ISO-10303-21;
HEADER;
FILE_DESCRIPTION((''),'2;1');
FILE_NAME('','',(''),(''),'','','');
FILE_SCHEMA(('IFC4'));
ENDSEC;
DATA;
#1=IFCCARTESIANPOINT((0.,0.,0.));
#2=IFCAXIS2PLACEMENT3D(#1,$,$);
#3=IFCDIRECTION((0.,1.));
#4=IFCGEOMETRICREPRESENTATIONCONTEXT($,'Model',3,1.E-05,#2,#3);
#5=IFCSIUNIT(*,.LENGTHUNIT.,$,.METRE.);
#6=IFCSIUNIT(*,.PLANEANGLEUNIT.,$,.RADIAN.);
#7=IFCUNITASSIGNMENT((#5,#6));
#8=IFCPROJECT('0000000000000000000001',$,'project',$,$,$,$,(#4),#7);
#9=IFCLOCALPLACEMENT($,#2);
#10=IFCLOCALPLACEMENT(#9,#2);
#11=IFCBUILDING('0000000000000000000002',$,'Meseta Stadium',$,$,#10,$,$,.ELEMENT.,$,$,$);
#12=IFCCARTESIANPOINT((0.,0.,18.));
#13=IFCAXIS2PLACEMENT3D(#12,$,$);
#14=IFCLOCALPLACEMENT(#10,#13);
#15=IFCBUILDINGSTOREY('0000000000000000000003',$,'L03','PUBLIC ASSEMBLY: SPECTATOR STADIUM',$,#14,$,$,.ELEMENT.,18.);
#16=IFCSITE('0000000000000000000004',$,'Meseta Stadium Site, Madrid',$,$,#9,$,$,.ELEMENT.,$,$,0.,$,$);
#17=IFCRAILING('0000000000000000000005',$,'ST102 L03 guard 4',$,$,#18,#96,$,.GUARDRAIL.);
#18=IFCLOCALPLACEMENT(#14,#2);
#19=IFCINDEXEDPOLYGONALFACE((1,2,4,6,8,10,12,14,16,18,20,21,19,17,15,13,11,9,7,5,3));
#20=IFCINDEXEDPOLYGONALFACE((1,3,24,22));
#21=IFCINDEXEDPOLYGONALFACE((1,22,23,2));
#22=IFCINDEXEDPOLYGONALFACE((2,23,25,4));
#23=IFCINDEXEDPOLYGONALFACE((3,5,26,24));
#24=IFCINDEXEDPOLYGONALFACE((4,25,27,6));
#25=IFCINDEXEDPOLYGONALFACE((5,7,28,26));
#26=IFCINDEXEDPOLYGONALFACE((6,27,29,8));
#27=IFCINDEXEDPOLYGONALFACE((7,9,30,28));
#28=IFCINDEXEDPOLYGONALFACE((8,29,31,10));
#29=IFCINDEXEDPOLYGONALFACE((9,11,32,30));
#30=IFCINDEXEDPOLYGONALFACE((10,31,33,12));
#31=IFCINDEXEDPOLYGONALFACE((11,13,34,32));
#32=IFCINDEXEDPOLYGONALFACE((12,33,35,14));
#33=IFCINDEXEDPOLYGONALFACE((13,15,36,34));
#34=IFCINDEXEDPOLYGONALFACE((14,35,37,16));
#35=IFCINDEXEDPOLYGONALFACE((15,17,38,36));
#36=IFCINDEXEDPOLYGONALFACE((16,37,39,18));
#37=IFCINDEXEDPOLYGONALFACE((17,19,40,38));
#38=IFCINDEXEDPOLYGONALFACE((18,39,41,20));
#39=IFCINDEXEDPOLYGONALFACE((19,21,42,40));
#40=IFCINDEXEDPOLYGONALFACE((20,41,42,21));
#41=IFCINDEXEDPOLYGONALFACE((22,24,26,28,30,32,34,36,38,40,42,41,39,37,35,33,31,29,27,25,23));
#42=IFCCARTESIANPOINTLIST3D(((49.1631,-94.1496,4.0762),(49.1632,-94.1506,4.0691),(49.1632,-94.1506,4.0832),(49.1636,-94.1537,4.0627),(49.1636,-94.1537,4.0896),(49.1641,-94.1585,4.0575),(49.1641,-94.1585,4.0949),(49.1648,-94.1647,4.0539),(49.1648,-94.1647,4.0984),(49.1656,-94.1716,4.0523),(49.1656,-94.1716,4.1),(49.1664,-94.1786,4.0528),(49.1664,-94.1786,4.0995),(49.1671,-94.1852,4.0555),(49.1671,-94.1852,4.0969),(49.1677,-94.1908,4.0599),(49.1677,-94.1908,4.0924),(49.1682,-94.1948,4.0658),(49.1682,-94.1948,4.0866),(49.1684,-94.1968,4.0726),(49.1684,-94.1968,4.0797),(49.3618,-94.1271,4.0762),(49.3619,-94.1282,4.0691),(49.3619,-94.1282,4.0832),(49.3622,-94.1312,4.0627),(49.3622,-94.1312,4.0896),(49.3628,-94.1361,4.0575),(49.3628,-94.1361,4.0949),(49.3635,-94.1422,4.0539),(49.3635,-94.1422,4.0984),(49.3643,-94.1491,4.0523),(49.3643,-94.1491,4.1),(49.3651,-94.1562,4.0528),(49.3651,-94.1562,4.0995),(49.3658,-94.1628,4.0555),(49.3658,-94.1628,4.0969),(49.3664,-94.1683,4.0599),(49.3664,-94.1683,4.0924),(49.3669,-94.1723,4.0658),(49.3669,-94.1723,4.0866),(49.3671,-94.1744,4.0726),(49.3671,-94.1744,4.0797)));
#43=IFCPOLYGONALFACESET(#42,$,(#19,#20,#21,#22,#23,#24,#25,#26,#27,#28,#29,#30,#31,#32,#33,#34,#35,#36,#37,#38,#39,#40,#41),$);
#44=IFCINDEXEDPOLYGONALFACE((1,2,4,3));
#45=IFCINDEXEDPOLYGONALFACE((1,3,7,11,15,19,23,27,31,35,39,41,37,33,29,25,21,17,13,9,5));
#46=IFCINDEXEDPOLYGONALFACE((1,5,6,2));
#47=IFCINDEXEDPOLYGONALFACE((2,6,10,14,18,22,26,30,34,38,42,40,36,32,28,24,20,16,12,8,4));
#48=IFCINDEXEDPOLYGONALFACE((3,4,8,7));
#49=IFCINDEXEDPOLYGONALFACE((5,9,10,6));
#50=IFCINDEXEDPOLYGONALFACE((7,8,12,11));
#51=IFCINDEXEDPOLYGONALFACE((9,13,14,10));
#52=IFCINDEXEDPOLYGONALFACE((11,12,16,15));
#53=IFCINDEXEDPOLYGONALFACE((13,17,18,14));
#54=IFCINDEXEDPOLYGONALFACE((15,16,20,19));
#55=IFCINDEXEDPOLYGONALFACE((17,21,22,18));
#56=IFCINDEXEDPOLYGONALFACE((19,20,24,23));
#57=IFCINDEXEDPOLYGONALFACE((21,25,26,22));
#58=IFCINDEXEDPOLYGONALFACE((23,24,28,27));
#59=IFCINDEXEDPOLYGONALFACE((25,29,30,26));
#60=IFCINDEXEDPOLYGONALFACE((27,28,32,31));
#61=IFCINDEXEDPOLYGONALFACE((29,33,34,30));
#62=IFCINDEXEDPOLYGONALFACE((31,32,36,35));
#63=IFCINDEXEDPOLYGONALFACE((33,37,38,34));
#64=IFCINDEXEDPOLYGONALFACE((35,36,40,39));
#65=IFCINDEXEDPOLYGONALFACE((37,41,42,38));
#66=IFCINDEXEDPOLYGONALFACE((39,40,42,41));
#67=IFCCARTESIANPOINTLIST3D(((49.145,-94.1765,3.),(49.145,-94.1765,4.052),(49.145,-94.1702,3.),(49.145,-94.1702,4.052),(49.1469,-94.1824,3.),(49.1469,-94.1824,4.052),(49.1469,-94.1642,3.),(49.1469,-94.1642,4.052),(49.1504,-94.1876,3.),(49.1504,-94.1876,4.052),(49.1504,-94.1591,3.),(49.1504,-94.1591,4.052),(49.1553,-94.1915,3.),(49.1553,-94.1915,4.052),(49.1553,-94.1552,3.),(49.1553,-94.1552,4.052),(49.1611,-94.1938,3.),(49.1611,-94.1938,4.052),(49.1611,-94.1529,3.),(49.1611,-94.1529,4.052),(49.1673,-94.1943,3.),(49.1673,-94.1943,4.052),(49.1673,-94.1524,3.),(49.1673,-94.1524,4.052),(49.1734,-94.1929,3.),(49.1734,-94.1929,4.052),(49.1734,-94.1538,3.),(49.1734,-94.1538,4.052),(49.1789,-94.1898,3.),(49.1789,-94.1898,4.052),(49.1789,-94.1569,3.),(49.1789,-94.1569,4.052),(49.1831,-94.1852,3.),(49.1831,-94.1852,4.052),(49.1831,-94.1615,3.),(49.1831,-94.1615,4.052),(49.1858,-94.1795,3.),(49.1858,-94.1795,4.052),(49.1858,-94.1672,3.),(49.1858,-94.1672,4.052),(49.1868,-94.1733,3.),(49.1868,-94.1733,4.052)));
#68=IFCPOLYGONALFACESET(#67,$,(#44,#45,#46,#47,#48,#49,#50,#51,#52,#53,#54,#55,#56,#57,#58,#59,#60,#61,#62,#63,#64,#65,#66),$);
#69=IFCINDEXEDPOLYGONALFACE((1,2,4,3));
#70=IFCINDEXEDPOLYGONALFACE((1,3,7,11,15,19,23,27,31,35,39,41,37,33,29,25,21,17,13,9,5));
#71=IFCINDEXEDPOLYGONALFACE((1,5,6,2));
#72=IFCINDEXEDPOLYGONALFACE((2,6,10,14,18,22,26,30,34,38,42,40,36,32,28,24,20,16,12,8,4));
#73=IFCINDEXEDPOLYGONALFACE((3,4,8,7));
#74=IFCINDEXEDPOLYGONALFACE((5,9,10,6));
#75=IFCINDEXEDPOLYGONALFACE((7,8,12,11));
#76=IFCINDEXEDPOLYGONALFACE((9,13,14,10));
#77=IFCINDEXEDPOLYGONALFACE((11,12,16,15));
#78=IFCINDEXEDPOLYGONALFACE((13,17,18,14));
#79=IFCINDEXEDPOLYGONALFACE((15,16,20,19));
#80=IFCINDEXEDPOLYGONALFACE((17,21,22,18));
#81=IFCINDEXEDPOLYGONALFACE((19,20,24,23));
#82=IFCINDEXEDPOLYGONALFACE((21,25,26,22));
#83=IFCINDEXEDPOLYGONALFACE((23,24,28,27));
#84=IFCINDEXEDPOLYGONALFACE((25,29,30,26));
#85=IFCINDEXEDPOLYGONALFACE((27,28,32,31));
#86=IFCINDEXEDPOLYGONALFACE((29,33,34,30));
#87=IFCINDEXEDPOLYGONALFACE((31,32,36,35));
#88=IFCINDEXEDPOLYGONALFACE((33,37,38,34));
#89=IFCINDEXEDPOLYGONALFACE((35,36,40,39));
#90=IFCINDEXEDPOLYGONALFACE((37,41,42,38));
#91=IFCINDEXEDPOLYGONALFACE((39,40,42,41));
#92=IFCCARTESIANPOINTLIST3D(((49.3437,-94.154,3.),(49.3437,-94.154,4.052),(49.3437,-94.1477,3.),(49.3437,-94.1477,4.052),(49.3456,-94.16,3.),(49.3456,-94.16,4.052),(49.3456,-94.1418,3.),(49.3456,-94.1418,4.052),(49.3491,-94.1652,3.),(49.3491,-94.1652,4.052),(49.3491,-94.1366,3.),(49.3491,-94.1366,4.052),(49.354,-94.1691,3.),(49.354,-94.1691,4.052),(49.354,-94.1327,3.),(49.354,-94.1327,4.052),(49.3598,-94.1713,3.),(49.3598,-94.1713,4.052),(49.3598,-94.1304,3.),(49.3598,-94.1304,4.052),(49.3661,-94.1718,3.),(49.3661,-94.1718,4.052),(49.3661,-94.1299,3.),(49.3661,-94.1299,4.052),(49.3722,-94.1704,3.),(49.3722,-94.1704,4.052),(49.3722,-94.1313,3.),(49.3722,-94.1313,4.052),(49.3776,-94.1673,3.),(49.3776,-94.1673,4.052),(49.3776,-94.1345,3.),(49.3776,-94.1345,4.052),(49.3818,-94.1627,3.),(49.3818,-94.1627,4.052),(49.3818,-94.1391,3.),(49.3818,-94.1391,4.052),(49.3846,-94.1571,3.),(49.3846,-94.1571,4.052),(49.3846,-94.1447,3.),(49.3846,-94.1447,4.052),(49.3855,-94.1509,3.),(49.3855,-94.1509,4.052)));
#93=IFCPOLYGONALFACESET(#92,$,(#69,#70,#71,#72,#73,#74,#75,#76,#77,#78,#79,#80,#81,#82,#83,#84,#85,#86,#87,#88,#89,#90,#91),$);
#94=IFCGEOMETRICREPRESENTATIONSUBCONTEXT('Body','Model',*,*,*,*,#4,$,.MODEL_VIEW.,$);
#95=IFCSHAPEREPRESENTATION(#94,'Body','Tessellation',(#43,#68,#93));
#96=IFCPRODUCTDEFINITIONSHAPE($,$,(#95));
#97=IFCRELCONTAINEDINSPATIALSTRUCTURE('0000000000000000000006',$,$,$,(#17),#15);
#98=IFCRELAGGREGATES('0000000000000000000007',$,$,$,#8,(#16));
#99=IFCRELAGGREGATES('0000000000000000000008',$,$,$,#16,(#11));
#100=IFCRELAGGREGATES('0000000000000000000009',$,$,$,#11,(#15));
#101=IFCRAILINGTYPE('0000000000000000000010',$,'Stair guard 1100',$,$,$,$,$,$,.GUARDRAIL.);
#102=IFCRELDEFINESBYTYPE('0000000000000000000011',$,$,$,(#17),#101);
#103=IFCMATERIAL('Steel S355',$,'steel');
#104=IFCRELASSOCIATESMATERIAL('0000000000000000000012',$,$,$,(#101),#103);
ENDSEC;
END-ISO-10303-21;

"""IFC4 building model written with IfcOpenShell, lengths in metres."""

from ifc_helpers import new_model, si_unit, direction, frame, origin, origin_2d, place, context, subcontext, project, spatial, circle, extrude, material, type_object, element, save


model = new_model("IFC4")

# Units and contexts
model_context = context("Model", 3, precision=1e-05, world=origin(), true_north=direction((0.0, 1.0)))
body_context = subcontext(model_context, "Body", "Model", "MODEL_VIEW")
ifc_project = project(units=[si_unit("LENGTHUNIT", "METRE"), si_unit("PLANEANGLEUNIT", "RADIAN")], contexts=[model_context])

# Site, building, storey
site_placement = place(None, origin())
site = spatial("IfcSite", under=ifc_project, at=site_placement, Name="Meseta Stadium Site, Madrid", CompositionType="ELEMENT", RefElevation=0.0)
building_placement = place(site_placement, origin())
building = spatial("IfcBuilding", under=site, at=building_placement, Name="Meseta Stadium", CompositionType="ELEMENT")
storey_placement = place(building_placement, frame((0.0, 0.0, 18.0)))
storey = spatial("IfcBuildingStorey", under=building, at=storey_placement, Name="L03", Description="PUBLIC ASSEMBLY: SPECTATOR STADIUM", CompositionType="ELEMENT", Elevation=18.0)

# Railing
ifc_material_1 = material(Name="Steel S355", Category="steel")
railing_type = type_object("IfcRailingType", Name="Stair guard 1100", PredefinedType="GUARDRAIL", material=ifc_material_1)
railing_1_placement = place(storey_placement, frame((49.1658, -94.1733, 3.0)))
element("IfcRailing", 1, at=railing_1_placement, inside=storey, type_object=railing_type, Name="ST102 L03 guard 4", PredefinedType="GUARDRAIL", context=body_context, shape_type="SweptSolid", body=[
    extrude(circle(Radius=0.0239, at=origin_2d()), frame((0.0, 0.0, 1.0762), z_axis=(0.993674, 0.112307, 0.0), x_axis=(-0.112307, 0.993674, 0.0)), (0.0, 0.0, 1.0), 0.2),
    extrude(circle(Radius=0.021, at=origin_2d()), origin(), (0.0, 0.0, 1.0), 1.052),
    extrude(circle(Radius=0.021, at=origin_2d()), frame((0.1987, 0.0225, 0.0)), (0.0, 0.0, 1.0), 1.052),
])

save(model, "model.ifc")
